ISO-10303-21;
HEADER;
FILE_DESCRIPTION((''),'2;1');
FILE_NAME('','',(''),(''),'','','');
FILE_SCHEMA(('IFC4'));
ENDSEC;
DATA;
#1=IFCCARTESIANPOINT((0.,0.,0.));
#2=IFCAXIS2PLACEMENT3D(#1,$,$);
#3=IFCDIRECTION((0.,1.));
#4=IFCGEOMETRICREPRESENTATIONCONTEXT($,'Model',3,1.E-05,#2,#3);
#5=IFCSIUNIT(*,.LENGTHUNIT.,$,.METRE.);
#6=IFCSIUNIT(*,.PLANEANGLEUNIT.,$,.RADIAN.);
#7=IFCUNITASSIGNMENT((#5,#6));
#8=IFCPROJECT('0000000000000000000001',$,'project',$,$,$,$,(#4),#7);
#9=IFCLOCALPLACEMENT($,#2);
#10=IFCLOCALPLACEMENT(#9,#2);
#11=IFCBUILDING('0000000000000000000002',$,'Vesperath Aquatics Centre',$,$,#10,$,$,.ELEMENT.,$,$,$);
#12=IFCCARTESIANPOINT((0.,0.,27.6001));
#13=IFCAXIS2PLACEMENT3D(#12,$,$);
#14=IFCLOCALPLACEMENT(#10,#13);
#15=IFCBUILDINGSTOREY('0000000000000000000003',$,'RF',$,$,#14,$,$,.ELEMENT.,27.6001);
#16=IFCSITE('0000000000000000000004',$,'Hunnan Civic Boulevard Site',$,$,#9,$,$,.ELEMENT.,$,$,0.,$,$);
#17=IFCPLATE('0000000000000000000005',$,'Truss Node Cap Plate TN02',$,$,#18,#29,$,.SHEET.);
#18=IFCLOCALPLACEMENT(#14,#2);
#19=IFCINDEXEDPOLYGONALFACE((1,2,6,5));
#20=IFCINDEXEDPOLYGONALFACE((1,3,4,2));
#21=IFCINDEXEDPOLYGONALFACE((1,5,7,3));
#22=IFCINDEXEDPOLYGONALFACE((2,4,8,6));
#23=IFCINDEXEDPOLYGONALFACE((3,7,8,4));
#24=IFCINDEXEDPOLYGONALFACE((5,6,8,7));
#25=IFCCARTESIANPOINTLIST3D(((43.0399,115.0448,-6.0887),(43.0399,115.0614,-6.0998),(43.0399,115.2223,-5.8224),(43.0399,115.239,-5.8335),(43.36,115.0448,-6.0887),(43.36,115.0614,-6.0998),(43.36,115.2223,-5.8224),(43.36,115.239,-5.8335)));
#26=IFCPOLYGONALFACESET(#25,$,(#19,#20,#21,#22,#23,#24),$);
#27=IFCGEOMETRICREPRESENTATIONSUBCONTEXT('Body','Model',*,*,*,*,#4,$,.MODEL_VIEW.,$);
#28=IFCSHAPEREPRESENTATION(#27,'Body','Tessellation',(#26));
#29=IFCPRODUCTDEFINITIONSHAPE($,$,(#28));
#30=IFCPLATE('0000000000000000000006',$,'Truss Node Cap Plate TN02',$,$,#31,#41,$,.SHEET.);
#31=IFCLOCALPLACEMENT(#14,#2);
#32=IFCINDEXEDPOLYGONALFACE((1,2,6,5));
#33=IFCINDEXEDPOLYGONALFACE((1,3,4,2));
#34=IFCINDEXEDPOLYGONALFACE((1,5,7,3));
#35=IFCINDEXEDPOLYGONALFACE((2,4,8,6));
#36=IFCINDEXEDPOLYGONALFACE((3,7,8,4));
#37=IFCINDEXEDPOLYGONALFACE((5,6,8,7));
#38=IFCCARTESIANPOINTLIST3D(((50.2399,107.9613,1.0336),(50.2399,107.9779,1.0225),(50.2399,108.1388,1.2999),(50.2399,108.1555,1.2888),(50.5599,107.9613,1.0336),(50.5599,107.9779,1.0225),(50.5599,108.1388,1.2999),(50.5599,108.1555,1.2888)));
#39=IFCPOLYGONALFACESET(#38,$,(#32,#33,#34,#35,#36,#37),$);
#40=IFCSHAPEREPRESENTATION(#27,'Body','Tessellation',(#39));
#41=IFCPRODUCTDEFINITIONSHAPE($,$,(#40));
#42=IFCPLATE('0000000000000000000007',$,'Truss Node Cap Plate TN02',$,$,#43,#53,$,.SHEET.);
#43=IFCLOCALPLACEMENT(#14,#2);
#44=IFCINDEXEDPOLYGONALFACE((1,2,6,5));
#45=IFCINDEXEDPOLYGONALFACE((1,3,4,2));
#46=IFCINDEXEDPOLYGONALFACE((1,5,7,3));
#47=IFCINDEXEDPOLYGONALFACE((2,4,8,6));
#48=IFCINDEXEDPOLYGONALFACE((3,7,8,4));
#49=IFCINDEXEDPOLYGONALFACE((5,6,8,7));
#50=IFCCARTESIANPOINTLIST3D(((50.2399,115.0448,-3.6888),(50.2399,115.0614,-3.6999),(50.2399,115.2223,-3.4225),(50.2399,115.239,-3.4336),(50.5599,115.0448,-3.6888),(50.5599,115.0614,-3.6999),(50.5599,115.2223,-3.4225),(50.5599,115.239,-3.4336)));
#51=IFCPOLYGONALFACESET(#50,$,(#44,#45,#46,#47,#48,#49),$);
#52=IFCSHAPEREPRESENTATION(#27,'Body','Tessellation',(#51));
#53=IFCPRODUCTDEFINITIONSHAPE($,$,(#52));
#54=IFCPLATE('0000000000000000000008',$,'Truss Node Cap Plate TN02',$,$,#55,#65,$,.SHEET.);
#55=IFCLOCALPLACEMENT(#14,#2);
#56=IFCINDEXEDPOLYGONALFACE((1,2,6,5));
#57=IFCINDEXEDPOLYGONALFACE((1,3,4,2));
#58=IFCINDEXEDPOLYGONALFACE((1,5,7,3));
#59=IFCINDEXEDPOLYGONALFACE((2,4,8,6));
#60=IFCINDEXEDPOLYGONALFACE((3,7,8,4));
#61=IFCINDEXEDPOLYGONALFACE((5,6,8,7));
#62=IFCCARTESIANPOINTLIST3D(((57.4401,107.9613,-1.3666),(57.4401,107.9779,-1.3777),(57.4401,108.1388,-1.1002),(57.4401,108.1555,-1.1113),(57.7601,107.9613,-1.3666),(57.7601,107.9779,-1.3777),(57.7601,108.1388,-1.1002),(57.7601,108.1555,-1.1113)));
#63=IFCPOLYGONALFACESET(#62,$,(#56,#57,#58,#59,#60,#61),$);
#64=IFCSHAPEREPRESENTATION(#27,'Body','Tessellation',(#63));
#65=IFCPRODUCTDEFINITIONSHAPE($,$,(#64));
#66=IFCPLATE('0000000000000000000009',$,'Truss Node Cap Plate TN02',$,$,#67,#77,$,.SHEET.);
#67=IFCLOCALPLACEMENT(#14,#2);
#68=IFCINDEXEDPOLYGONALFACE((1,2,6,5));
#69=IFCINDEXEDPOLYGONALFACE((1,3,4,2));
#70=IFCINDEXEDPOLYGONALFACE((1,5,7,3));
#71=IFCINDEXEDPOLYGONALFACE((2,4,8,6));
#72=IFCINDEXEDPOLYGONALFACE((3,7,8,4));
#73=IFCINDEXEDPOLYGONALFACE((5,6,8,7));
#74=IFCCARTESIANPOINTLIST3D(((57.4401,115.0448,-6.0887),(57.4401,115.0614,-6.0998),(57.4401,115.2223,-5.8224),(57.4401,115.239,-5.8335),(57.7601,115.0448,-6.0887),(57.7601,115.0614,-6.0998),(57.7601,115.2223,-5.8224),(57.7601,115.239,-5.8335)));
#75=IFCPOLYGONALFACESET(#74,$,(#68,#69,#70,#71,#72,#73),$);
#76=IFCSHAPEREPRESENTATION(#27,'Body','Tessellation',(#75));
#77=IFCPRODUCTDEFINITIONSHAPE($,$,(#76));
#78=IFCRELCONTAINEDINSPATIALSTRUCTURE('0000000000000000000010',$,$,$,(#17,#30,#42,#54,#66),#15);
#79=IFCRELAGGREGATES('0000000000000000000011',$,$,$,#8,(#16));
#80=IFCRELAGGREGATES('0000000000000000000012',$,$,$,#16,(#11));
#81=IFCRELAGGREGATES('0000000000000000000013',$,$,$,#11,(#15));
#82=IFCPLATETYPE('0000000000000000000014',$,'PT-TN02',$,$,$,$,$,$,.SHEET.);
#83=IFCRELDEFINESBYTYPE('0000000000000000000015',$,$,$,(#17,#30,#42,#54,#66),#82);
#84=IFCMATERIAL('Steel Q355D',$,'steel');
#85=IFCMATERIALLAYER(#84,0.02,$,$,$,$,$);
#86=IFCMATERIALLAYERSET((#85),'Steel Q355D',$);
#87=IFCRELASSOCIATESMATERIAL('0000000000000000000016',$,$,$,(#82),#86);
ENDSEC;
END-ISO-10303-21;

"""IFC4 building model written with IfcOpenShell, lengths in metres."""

from ifc_helpers import new_model, si_unit, direction, frame, origin, origin_2d, place, context, subcontext, project, spatial, rectangle, extrude, material, layer, layer_set, type_object, element, save


model = new_model("IFC4")

# Units and contexts
model_context = context("Model", 3, precision=1e-05, world=origin(), true_north=direction((0.0, 1.0)))
body_context = subcontext(model_context, "Body", "Model", "MODEL_VIEW")
ifc_project = project(units=[si_unit("LENGTHUNIT", "METRE"), si_unit("PLANEANGLEUNIT", "RADIAN")], contexts=[model_context])

# Site, building, storey
site_placement = place(None, origin())
site = spatial("IfcSite", under=ifc_project, at=site_placement, Name="Hunnan Civic Boulevard Site", CompositionType="ELEMENT", RefElevation=0.0)
building_placement = place(site_placement, origin())
building = spatial("IfcBuilding", under=site, at=building_placement, Name="Vesperath Aquatics Centre", CompositionType="ELEMENT")
storey_placement = place(building_placement, frame((0.0, 0.0, 27.6001)))
storey = spatial("IfcBuildingStorey", under=building, at=storey_placement, Name="RF", CompositionType="ELEMENT", Elevation=27.6001)

# Shared definitions
ifc_material_1 = material(Name="Steel Q355D", Category="steel")

# Plates
ifc_layer = layer(ifc_material_1, 0.02)
ifc_layer_set = layer_set([ifc_layer], Name="Steel Q355D")
plate_type = type_object("IfcPlateType", Name="PT-TN02", PredefinedType="SHEET", material=ifc_layer_set)
for number, where, z_axis, x_axis, name in (
    (1, (43.2, 115.1335, -5.9556), (0.0, 0.83205, -0.5547), (-1.0, 0.0, 0.0), "Truss Node Cap Plate TN02"),
    (2, (50.3999, 108.05, 1.1667), (0.0, 0.83205, -0.5547), (-1.0, 0.0, 0.0), "Truss Node Cap Plate TN02"),
    (3, (50.3999, 115.1335, -3.5557), (0.0, 0.83205, -0.5547), (-1.0, 0.0, 0.0), "Truss Node Cap Plate TN02"),
    (4, (57.6001, 108.05, -1.2334), (0.0, 0.83205, -0.5547), (-1.0, 0.0, 0.0), "Truss Node Cap Plate TN02"),
    (5, (57.6001, 115.1335, -5.9556), (0.0, 0.83205, -0.5547), (-1.0, 0.0, 0.0), "Truss Node Cap Plate TN02"),
):
    element("IfcPlate", number, at=place(storey_placement, frame(where, z_axis=z_axis, x_axis=x_axis)), inside=storey, type_object=plate_type, Name=name, PredefinedType="SHEET", context=body_context, shape_type="SweptSolid", body=[
        extrude(rectangle(XDim=0.3201, YDim=0.3201, at=origin_2d()), origin(), (0.0, 0.0, 1.0), 0.02),
    ])

save(model, "model.ifc")
